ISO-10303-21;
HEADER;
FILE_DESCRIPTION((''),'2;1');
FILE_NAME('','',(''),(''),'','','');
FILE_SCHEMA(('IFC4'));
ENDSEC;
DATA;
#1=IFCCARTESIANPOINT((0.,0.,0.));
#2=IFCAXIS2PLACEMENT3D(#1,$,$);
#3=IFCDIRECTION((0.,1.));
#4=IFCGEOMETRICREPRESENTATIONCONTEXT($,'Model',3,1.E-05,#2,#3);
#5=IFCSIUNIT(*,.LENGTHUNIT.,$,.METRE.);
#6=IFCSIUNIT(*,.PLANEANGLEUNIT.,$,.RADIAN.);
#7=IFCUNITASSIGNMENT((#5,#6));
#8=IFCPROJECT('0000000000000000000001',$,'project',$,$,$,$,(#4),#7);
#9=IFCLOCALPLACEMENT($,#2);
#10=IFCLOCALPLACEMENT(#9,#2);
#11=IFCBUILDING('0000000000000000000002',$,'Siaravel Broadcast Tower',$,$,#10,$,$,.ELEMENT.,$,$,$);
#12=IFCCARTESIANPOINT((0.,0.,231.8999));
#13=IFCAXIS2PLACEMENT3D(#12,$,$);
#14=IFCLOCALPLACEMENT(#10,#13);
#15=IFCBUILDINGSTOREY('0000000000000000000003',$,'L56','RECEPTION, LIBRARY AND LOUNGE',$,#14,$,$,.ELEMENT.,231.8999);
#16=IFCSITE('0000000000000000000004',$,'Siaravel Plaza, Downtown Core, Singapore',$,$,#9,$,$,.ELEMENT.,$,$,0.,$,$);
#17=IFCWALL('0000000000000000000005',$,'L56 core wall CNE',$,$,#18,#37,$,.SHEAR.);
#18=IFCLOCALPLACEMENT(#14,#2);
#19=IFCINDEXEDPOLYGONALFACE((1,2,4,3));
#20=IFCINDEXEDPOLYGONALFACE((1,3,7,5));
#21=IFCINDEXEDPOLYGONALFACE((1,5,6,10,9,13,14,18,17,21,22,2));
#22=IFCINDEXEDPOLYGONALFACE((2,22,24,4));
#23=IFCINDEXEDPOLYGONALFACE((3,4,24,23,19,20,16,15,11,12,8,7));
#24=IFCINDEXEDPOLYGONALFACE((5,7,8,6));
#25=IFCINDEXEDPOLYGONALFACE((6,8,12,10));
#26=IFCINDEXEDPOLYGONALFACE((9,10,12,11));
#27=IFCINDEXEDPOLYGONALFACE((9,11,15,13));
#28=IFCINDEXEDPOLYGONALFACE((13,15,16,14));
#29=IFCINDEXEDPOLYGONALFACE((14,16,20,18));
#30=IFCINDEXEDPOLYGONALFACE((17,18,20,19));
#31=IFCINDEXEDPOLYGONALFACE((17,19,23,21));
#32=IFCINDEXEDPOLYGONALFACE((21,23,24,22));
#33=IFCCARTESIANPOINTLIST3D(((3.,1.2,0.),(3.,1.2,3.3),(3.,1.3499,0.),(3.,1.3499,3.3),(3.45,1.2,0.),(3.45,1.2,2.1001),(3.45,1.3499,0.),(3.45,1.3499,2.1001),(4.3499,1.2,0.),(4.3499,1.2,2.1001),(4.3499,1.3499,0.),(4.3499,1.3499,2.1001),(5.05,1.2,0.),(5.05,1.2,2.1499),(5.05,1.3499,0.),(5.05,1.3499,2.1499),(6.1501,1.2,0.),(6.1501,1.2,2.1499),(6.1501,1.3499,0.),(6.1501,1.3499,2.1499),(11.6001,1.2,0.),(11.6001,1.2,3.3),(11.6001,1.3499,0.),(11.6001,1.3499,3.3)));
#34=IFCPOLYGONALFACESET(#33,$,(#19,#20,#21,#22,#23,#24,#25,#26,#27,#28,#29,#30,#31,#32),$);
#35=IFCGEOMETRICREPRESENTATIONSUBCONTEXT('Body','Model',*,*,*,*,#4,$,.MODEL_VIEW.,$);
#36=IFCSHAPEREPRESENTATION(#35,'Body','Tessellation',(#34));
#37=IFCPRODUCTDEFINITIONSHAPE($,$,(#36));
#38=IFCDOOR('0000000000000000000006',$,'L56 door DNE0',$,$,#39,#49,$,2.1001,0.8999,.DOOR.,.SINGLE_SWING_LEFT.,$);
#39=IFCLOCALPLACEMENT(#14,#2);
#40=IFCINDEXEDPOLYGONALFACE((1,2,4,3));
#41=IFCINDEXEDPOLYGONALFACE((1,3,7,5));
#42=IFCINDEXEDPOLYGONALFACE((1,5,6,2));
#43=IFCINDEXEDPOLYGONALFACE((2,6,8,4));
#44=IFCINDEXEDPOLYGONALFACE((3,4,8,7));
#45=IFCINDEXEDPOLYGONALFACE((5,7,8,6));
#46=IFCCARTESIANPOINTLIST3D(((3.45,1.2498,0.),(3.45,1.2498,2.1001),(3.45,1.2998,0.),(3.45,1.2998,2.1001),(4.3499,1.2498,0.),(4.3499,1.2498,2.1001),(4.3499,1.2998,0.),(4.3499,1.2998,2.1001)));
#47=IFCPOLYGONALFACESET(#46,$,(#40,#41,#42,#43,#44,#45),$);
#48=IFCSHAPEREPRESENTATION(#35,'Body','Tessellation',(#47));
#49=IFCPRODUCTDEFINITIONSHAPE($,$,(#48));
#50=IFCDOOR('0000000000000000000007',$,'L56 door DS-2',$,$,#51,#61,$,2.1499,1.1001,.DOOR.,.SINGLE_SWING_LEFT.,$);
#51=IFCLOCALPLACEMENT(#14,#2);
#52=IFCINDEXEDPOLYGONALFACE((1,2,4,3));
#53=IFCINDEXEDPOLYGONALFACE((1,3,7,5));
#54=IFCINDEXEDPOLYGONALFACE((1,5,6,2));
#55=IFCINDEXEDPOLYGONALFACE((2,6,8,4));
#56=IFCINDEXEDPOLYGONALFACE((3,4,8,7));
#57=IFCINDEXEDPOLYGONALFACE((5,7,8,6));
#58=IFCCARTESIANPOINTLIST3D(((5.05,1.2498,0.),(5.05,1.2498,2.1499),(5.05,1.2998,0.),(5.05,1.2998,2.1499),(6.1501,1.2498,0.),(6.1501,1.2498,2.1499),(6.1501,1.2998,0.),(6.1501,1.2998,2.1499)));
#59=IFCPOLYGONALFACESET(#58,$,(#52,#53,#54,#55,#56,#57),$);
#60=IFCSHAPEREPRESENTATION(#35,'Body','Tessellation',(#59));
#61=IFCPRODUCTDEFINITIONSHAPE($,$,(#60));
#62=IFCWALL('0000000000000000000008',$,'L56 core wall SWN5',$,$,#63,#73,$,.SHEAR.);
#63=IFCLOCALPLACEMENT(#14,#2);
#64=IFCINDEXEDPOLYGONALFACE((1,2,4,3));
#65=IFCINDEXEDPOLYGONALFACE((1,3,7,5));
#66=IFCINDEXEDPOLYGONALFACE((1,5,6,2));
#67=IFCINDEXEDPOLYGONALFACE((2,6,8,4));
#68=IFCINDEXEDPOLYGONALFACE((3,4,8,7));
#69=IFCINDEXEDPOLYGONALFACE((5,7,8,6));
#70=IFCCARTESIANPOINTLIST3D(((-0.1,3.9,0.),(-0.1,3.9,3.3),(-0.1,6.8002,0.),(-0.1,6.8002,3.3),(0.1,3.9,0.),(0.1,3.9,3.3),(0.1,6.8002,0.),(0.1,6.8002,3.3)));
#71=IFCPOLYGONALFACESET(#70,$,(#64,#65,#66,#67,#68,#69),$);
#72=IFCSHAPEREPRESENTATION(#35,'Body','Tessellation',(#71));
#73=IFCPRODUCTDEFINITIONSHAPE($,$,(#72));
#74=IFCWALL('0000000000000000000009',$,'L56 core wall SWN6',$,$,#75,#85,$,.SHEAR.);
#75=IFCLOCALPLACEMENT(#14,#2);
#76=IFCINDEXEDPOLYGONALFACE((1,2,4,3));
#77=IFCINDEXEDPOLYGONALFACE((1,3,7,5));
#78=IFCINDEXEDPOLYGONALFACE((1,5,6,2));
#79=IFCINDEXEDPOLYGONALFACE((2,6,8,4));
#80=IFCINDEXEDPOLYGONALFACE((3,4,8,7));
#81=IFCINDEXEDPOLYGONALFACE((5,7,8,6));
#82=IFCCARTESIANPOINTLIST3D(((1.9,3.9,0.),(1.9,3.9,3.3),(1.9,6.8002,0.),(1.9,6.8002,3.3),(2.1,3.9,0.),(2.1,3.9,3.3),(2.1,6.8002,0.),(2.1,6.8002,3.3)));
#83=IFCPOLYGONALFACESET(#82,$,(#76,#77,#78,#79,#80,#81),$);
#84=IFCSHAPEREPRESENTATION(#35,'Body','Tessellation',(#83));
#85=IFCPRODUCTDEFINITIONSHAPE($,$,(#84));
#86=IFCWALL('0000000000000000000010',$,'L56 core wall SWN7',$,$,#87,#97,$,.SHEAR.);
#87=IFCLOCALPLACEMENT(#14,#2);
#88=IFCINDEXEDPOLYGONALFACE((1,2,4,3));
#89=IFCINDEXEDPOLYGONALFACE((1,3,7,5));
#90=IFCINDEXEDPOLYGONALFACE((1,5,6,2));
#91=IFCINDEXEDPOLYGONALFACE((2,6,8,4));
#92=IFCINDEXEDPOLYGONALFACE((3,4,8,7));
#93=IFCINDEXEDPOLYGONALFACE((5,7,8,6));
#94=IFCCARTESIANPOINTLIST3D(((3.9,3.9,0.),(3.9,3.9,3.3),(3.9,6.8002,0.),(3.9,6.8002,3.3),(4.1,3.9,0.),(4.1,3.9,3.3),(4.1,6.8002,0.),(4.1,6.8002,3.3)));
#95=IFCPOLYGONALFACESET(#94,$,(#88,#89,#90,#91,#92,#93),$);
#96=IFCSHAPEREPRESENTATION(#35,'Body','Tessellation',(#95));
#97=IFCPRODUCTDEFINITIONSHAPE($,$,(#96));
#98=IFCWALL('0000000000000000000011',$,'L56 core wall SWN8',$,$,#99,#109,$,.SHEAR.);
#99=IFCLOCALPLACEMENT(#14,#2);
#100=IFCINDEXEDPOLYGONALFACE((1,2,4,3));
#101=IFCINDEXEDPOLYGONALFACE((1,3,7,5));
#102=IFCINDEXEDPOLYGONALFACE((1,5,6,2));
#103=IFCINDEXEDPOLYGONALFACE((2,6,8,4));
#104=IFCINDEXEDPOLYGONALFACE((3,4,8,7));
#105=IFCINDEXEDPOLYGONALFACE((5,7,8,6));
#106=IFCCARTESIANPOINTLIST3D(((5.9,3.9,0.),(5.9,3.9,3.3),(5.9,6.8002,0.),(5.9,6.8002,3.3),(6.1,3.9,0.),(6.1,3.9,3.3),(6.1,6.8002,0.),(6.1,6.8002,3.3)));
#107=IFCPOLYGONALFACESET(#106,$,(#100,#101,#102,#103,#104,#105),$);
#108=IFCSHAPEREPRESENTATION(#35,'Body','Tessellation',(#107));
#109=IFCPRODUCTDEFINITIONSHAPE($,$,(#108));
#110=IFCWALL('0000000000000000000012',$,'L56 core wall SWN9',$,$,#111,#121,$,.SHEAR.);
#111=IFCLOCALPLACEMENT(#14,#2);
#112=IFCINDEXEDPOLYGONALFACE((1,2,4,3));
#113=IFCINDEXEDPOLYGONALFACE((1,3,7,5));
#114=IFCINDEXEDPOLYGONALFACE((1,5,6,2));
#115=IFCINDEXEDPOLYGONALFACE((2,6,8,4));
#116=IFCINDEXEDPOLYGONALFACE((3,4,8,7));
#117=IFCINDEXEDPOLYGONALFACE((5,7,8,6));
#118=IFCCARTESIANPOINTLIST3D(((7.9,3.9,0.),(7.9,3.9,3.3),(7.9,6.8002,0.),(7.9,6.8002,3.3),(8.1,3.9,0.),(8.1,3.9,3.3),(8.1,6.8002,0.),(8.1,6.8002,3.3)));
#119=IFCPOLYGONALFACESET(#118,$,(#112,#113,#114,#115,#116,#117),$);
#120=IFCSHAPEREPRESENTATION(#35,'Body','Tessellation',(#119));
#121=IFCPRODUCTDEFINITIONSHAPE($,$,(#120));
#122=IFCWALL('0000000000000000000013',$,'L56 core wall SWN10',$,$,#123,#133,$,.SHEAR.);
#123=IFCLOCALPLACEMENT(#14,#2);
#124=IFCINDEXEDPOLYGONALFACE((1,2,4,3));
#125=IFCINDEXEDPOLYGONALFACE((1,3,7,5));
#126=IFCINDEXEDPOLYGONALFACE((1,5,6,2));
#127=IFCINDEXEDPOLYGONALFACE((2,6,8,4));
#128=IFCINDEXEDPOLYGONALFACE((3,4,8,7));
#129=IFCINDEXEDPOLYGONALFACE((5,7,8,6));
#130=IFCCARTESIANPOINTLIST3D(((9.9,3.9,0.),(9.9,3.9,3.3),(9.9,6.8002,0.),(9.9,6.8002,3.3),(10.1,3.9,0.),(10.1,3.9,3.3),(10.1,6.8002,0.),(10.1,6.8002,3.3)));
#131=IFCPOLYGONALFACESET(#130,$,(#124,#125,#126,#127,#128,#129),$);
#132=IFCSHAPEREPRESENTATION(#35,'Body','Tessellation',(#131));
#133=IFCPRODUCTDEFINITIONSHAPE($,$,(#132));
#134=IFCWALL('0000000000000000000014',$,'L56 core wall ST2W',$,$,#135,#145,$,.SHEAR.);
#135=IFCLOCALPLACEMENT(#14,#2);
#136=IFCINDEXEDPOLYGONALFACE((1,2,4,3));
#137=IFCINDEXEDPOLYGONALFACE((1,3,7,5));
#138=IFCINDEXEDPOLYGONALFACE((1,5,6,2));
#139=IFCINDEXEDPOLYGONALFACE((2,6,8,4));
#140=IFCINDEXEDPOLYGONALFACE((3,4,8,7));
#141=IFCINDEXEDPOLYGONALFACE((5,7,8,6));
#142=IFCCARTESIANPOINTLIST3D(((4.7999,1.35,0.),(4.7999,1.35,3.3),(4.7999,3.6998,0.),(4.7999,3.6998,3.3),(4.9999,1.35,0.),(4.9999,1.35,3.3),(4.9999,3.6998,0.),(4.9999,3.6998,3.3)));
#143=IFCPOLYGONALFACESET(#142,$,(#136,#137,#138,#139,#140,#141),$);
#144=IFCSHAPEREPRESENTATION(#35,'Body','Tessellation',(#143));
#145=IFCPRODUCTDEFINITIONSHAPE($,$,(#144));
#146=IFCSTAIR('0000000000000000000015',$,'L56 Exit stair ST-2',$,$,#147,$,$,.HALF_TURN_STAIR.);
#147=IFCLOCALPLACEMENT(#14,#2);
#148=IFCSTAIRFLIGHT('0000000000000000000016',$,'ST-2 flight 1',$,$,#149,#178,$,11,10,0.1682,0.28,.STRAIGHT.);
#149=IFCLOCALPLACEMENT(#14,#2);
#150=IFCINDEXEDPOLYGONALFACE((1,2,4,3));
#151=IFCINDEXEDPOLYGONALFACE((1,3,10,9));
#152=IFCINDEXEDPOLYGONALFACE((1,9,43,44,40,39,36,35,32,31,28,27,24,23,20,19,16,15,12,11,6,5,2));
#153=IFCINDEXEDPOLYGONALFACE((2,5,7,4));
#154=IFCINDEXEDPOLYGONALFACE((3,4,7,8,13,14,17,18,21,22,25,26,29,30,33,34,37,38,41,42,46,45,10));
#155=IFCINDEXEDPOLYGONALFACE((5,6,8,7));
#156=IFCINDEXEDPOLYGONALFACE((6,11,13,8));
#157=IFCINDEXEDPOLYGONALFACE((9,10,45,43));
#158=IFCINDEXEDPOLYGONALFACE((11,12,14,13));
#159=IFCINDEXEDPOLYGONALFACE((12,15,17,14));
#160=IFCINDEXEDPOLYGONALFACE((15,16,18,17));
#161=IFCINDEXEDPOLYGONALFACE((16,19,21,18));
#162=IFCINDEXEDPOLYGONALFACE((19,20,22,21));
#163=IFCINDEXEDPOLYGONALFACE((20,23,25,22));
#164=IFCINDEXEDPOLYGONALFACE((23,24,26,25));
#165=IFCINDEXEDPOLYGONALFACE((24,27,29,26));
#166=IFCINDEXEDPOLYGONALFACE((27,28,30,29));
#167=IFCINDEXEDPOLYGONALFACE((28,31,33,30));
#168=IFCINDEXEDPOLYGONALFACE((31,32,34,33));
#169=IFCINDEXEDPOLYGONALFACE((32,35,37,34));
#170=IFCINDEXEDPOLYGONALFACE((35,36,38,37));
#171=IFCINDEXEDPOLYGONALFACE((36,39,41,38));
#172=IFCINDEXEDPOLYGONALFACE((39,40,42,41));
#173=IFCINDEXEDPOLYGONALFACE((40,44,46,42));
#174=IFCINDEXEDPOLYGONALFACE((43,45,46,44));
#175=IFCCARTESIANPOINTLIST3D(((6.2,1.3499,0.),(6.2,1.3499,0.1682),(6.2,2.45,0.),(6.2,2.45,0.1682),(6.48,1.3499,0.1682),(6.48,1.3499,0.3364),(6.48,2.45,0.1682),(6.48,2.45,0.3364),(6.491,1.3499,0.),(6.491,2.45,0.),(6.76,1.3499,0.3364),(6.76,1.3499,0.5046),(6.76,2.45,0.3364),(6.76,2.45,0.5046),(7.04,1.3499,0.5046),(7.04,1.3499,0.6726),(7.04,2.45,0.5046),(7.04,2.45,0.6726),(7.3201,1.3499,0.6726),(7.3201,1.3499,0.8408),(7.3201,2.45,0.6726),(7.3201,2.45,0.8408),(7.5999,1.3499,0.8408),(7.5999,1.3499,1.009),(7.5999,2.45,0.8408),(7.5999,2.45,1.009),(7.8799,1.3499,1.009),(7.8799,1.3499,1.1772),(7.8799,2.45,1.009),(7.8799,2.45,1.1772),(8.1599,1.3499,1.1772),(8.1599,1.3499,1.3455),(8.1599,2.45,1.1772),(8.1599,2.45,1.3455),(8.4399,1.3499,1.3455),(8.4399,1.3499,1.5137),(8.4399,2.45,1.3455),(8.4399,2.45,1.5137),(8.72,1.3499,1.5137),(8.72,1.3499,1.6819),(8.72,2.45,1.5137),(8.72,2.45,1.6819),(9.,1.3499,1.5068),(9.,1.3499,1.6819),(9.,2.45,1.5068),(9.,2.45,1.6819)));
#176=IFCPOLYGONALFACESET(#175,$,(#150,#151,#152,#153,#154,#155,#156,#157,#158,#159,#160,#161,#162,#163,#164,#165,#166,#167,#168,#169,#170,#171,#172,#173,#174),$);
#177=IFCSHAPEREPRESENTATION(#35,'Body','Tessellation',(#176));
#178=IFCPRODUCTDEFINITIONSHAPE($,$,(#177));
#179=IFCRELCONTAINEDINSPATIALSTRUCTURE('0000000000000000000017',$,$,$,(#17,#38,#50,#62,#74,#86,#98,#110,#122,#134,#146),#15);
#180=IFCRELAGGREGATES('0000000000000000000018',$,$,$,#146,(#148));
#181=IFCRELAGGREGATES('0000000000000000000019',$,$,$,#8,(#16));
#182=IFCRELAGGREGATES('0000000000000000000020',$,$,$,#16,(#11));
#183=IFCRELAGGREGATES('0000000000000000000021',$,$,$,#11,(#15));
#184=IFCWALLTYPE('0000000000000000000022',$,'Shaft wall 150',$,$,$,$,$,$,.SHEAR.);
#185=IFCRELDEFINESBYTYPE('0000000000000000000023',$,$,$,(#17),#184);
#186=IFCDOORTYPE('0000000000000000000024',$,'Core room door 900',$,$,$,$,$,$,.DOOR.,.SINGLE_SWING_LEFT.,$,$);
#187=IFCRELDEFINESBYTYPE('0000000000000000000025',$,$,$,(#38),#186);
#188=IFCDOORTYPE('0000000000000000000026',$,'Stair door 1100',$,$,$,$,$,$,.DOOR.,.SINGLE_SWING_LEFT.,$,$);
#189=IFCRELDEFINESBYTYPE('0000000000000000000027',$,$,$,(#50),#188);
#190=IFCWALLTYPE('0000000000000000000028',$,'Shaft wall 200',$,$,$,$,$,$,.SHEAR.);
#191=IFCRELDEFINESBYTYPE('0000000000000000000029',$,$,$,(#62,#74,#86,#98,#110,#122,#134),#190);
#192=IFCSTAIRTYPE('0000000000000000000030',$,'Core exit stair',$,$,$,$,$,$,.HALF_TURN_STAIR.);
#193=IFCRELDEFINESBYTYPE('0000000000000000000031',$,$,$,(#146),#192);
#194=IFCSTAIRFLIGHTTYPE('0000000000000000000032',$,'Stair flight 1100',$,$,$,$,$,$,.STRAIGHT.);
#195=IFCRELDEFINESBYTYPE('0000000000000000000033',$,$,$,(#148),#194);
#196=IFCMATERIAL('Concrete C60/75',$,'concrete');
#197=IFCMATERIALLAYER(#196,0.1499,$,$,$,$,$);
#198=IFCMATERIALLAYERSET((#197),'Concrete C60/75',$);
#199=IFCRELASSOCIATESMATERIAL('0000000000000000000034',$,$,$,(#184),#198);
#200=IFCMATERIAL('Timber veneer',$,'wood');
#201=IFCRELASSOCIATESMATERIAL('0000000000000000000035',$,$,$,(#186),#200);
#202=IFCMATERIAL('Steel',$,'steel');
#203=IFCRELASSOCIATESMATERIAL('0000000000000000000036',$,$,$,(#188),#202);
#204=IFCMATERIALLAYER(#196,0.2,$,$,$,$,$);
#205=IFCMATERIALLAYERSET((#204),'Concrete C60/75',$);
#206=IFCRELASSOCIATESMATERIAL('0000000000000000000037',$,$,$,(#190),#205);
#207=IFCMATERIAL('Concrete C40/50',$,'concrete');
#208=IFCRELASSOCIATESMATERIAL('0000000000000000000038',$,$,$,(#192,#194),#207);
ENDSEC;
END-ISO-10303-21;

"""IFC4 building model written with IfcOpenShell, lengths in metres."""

from ifc_helpers import new_model, si_unit, direction, frame, frame_2d, origin, place, context, subcontext, project, spatial, polyline, rectangle, outline, extrude, material, layer, layer_set, type_object, element, fill, aggregate, save


model = new_model("IFC4")

# Units and contexts
model_context = context("Model", 3, precision=1e-05, world=origin(), true_north=direction((0.0, 1.0)))
body_context = subcontext(model_context, "Body", "Model", "MODEL_VIEW")
ifc_project = project(units=[si_unit("LENGTHUNIT", "METRE"), si_unit("PLANEANGLEUNIT", "RADIAN")], contexts=[model_context])

# Site, building, storey
site_placement = place(None, origin())
site = spatial("IfcSite", under=ifc_project, at=site_placement, Name="Siaravel Plaza, Downtown Core, Singapore", CompositionType="ELEMENT", RefElevation=0.0)
building_placement = place(site_placement, origin())
building = spatial("IfcBuilding", under=site, at=building_placement, Name="Siaravel Broadcast Tower", CompositionType="ELEMENT")
storey_placement = place(building_placement, frame((0.0, 0.0, 231.8999)))
storey = spatial("IfcBuildingStorey", under=building, at=storey_placement, Name="L56", Description="RECEPTION, LIBRARY AND LOUNGE", CompositionType="ELEMENT", Elevation=231.8999)

# Shared definitions
ifc_material_1 = material(Name="Timber veneer", Category="wood")

# Wall, openings, doors
ifc_material_2 = material(Name="Concrete C60/75", Category="concrete")
ifc_layer_1 = layer(ifc_material_2, 0.1499)
ifc_layer_set_1 = layer_set([ifc_layer_1], Name="Concrete C60/75")
wall_type_1 = type_object("IfcWallType", Name="Shaft wall 150", PredefinedType="SHEAR", material=ifc_layer_set_1)
wall_1_placement = place(storey_placement, frame((3.0, 1.2749, 0.0), z_axis=(0.0, 0.0, 1.0), x_axis=(1.0, 0.0, 0.0)))
wall_1 = element("IfcWall", 1, at=wall_1_placement, inside=storey, type_object=wall_type_1, Name="L56 core wall CNE", PredefinedType="SHEAR", context=body_context, shape_type="SweptSolid", body=[
    extrude(rectangle(XDim=8.6001, YDim=0.1499, at=frame_2d((4.3, 0.0))), origin(), (0.0, 0.0, 1.0), 3.3),
])
opening_1_placement = place(wall_1_placement, frame((2.05, 0.0, 0.0)))
opening_1 = element("IfcOpeningElement", 2, at=opening_1_placement, cuts=wall_1, PredefinedType="OPENING", context=body_context, shape_type="SweptSolid", body=[
    extrude(rectangle(XDim=1.1001, YDim=2.1499, at=frame_2d((0.55, 1.075))), frame((0.0, 0.085, 0.0), z_axis=(0.0, -1.0, 0.0), x_axis=(1.0, 0.0, 0.0)), (0.0, 0.0, 1.0), 0.1699),
])
opening_2_placement = place(wall_1_placement, frame((0.45, 0.0, 0.0)))
opening_2 = element("IfcOpeningElement", 3, at=opening_2_placement, cuts=wall_1, PredefinedType="OPENING", context=body_context, shape_type="SweptSolid", body=[
    extrude(rectangle(XDim=0.8999, YDim=2.1001, at=frame_2d((0.45, 1.05))), frame((0.0, 0.085, 0.0), z_axis=(0.0, -1.0, 0.0), x_axis=(1.0, 0.0, 0.0)), (0.0, 0.0, 1.0), 0.1699),
])
door_type_1 = type_object("IfcDoorType", Name="Core room door 900", OperationType="SINGLE_SWING_LEFT", PredefinedType="DOOR", material=ifc_material_1)
door_1_placement = place(opening_2_placement, origin())
door_1 = element("IfcDoor", 4, at=door_1_placement, inside=storey, type_object=door_type_1, Name="L56 door DNE0", OperationType="SINGLE_SWING_LEFT", OverallHeight=2.1001, OverallWidth=0.8999, PredefinedType="DOOR", context=body_context, shape_type="SweptSolid", body=[
    extrude(rectangle(XDim=0.8999, YDim=2.1001, at=frame_2d((0.45, 1.05))), frame((0.0, 0.0249, 0.0), z_axis=(0.0, -1.0, 0.0), x_axis=(1.0, 0.0, 0.0)), (0.0, 0.0, 1.0), 0.05),
])
fill(opening_2, door_1)
ifc_material_3 = material(Name="Steel", Category="steel")
door_type_2 = type_object("IfcDoorType", Name="Stair door 1100", OperationType="SINGLE_SWING_LEFT", PredefinedType="DOOR", material=ifc_material_3)
door_2_placement = place(opening_1_placement, origin())
door_2 = element("IfcDoor", 5, at=door_2_placement, inside=storey, type_object=door_type_2, Name="L56 door DS-2", OperationType="SINGLE_SWING_LEFT", OverallHeight=2.1499, OverallWidth=1.1001, PredefinedType="DOOR", context=body_context, shape_type="SweptSolid", body=[
    extrude(rectangle(XDim=1.1001, YDim=2.1499, at=frame_2d((0.55, 1.075))), frame((0.0, 0.0249, 0.0), z_axis=(0.0, -1.0, 0.0), x_axis=(1.0, 0.0, 0.0)), (0.0, 0.0, 1.0), 0.05),
])
fill(opening_1, door_2)

# Walls
ifc_layer_2 = layer(ifc_material_2, 0.2)
ifc_layer_set_2 = layer_set([ifc_layer_2], Name="Concrete C60/75")
wall_type_2 = type_object("IfcWallType", Name="Shaft wall 200", PredefinedType="SHEAR", material=ifc_layer_set_2)
for number, where, z_axis, x_axis, name in (
    (6, (0.0, 3.8999, 0.0), (0.0, 0.0, 1.0), (0.0, 1.0, 0.0), "L56 core wall SWN5"),
    (7, (2.0, 3.8999, 0.0), (0.0, 0.0, 1.0), (0.0, 1.0, 0.0), "L56 core wall SWN6"),
    (8, (4.0, 3.8999, 0.0), (0.0, 0.0, 1.0), (0.0, 1.0, 0.0), "L56 core wall SWN7"),
    (9, (6.0, 3.8999, 0.0), (0.0, 0.0, 1.0), (0.0, 1.0, 0.0), "L56 core wall SWN8"),
    (10, (8.0, 3.8999, 0.0), (0.0, 0.0, 1.0), (0.0, 1.0, 0.0), "L56 core wall SWN9"),
    (11, (10.0, 3.8999, 0.0), (0.0, 0.0, 1.0), (0.0, 1.0, 0.0), "L56 core wall SWN10"),
):
    element("IfcWall", number, at=place(storey_placement, frame(where, z_axis=z_axis, x_axis=x_axis)), inside=storey, type_object=wall_type_2, Name=name, PredefinedType="SHEAR", context=body_context, shape_type="SweptSolid", body=[
        extrude(rectangle(XDim=2.9001, YDim=0.2, at=frame_2d((1.4502, 0.0))), origin(), (0.0, 0.0, 1.0), 3.3),
    ])
wall_2_placement = place(storey_placement, frame((4.8999, 1.3501, 0.0), z_axis=(0.0, 0.0, 1.0), x_axis=(0.0, 1.0, 0.0)))
element("IfcWall", 12, at=wall_2_placement, inside=storey, type_object=wall_type_2, Name="L56 core wall ST2W", PredefinedType="SHEAR", context=body_context, shape_type="SweptSolid", body=[
    extrude(rectangle(XDim=2.3499, YDim=0.2, at=frame_2d((1.1748, 0.0))), origin(), (0.0, 0.0, 1.0), 3.3),
])

# Stair, stair flight
ifc_material_4 = material(Name="Concrete C40/50", Category="concrete")
stair_type = type_object("IfcStairType", Name="Core exit stair", PredefinedType="HALF_TURN_STAIR", material=ifc_material_4)
stair_placement = place(storey_placement, origin())
stair = element("IfcStair", 13, at=stair_placement, inside=storey, type_object=stair_type, Name="L56 Exit stair ST-2", PredefinedType="HALF_TURN_STAIR")
stair_flight_type = type_object("IfcStairFlightType", Name="Stair flight 1100", PredefinedType="STRAIGHT", material=ifc_material_4)
stair_flight_1_placement = place(storey_placement, frame((6.2, 1.8999, 0.0), z_axis=(0.0, 0.0, 1.0), x_axis=(1.0, 0.0, 0.0)))
stair_flight_1 = element("IfcStairFlight", 14, at=stair_flight_1_placement, type_object=stair_flight_type, Name="ST-2 flight 1", NumberOfRisers=11, NumberOfTreads=10, PredefinedType="STRAIGHT", RiserHeight=0.1682, TreadLength=0.28, context=body_context, shape_type="SweptSolid", body=[
    extrude(outline(polyline([(0.0, 0.0), (0.0, 0.1682), (0.28, 0.1682), (0.28, 0.3364), (0.5601, 0.3364), (0.5601, 0.5046), (0.8401, 0.5046), (0.8401, 0.6726), (1.1201, 0.6726), (1.1201, 0.8408), (1.3999, 0.8408), (1.3999, 1.009), (1.6799, 1.009), (1.6799, 1.1772), (1.96, 1.1772), (1.96, 1.3455), (2.24, 1.3455), (2.24, 1.5137), (2.52, 1.5137), (2.52, 1.6819), (2.8, 1.6819), (2.8, 1.8501), (2.8, 1.5068), (0.291, 0.0), (0.0, 0.0)])), frame((0.0, 0.55, 0.0), z_axis=(0.0, -1.0, 0.0), x_axis=(1.0, 0.0, 0.0)), (0.0, 0.0, 1.0), 1.1001),
])
aggregate(stair, [stair_flight_1])

save(model, "model.ifc")
